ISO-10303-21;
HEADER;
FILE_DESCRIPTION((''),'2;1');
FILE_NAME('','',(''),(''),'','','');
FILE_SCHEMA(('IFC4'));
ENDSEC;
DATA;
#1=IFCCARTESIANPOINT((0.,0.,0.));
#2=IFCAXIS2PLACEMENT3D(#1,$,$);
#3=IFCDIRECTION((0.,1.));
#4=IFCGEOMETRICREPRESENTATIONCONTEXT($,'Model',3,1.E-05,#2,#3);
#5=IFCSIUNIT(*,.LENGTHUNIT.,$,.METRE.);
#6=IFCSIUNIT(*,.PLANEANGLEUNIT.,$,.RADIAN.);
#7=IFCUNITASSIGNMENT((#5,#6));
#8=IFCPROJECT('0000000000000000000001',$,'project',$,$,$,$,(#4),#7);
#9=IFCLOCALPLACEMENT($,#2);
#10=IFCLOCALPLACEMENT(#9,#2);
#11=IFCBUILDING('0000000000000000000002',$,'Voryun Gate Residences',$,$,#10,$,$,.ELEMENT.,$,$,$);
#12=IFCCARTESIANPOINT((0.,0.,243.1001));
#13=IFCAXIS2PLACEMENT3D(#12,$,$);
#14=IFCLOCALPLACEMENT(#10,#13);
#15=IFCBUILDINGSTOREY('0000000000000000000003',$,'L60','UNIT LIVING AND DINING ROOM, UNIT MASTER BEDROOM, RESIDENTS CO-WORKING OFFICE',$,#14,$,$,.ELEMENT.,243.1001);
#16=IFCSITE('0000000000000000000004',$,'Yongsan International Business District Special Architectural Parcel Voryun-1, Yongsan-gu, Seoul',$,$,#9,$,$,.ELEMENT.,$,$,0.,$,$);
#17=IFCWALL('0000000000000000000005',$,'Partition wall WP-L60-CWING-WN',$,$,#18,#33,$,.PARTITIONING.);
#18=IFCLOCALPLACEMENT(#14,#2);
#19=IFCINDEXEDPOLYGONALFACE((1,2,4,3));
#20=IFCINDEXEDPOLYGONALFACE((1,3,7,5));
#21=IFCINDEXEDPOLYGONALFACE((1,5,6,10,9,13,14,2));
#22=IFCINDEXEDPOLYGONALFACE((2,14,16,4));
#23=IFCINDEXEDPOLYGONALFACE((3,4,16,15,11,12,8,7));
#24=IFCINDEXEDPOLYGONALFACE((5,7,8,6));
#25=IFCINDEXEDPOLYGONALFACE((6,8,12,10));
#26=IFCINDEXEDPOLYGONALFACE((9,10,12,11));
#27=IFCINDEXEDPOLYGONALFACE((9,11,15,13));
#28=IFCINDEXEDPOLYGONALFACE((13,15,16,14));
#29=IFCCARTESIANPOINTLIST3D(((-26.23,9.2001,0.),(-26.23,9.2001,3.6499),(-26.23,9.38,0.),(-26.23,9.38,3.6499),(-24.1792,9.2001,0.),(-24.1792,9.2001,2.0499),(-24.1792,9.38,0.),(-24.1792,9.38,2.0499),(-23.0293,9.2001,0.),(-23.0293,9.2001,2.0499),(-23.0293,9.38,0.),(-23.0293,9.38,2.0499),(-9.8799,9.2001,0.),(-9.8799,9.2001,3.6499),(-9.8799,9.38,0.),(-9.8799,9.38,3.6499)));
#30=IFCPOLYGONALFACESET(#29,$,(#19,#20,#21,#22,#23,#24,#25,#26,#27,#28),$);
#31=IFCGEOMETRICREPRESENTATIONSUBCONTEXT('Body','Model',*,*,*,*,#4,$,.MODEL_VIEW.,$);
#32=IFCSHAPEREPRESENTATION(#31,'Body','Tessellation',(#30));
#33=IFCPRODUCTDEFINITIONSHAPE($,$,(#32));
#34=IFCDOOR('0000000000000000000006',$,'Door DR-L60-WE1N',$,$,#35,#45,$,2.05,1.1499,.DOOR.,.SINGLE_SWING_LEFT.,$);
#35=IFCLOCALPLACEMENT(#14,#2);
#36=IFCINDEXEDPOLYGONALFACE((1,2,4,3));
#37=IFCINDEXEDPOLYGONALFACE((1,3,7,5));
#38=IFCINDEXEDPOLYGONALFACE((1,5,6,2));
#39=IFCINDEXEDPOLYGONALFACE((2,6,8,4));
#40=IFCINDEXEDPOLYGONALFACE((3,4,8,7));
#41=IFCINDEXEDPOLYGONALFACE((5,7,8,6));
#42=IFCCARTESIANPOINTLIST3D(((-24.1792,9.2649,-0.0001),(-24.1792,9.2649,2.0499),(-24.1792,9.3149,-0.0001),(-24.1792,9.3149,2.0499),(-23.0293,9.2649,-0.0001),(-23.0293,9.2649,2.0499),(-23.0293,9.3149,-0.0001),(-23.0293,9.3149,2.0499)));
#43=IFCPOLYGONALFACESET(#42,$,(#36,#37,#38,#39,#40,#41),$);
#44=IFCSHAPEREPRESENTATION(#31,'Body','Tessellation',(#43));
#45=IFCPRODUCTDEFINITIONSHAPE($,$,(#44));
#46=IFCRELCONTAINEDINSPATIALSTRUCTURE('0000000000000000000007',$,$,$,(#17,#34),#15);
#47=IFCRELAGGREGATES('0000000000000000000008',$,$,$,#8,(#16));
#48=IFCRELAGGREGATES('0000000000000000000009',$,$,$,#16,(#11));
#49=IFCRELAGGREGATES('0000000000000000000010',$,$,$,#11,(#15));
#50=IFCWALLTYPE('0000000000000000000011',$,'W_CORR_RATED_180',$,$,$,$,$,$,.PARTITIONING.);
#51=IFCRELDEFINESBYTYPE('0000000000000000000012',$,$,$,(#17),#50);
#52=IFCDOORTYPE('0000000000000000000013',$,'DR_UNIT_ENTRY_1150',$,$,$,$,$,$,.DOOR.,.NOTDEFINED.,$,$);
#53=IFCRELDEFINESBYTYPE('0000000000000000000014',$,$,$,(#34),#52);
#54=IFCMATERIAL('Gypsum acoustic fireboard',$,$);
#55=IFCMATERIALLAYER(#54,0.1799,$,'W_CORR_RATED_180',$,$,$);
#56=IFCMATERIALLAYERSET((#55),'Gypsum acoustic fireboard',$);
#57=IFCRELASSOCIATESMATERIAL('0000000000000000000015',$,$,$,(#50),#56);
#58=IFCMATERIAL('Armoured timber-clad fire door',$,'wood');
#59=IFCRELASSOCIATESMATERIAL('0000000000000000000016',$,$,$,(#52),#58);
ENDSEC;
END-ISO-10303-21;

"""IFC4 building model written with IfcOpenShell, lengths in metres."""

from ifc_helpers import new_model, si_unit, direction, frame, frame_2d, origin, place, context, subcontext, project, spatial, rectangle, extrude, material, layer, layer_set, type_object, element, fill, save


model = new_model("IFC4")

# Units and contexts
model_context = context("Model", 3, precision=1e-05, world=origin(), true_north=direction((0.0, 1.0)))
body_context = subcontext(model_context, "Body", "Model", "MODEL_VIEW")
ifc_project = project(units=[si_unit("LENGTHUNIT", "METRE"), si_unit("PLANEANGLEUNIT", "RADIAN")], contexts=[model_context])

# Site, building, storey
site_placement = place(None, origin())
site = spatial("IfcSite", under=ifc_project, at=site_placement, Name="Yongsan International Business District Special Architectural Parcel Voryun-1, Yongsan-gu, Seoul", CompositionType="ELEMENT", RefElevation=0.0)
building_placement = place(site_placement, origin())
building = spatial("IfcBuilding", under=site, at=building_placement, Name="Voryun Gate Residences", CompositionType="ELEMENT")
storey_placement = place(building_placement, frame((0.0, 0.0, 243.1001)))
storey = spatial("IfcBuildingStorey", under=building, at=storey_placement, Name="L60", Description="UNIT LIVING AND DINING ROOM, UNIT MASTER BEDROOM, RESIDENTS CO-WORKING OFFICE", CompositionType="ELEMENT", Elevation=243.1001)

# Wall, opening, door
ifc_material_1 = material(Name="Gypsum acoustic fireboard")
ifc_layer_1 = layer(ifc_material_1, 0.1799, Name="W_CORR_RATED_180")
ifc_layer_set_1 = layer_set([ifc_layer_1], Name="Gypsum acoustic fireboard")
wall_type_1 = type_object("IfcWallType", Name="W_CORR_RATED_180", PredefinedType="PARTITIONING", material=ifc_layer_set_1)
wall_1_placement = place(storey_placement, frame((-26.23, 9.29, 0.0), z_axis=(0.0, 0.0, 1.0), x_axis=(1.0, 0.0, 0.0)))
wall_1 = element("IfcWall", 1, at=wall_1_placement, inside=storey, type_object=wall_type_1, Name="Partition wall WP-L60-CWING-WN", PredefinedType="PARTITIONING", context=body_context, shape_type="SweptSolid", body=[
    extrude(rectangle(XDim=16.3501, YDim=0.1799, at=frame_2d((8.175, 0.0))), origin(), (0.0, 0.0, 1.0), 3.6499),
])
opening_1_placement = place(wall_1_placement, frame((2.0508, 0.0, 0.0)))
opening_1 = element("IfcOpeningElement", 2, at=opening_1_placement, cuts=wall_1, PredefinedType="OPENING", context=body_context, shape_type="SweptSolid", body=[
    extrude(rectangle(XDim=1.1499, YDim=2.05, at=frame_2d((0.575, 1.0249))), frame((0.0, 0.0999, 0.0), z_axis=(0.0, -1.0, 0.0), x_axis=(1.0, 0.0, 0.0)), (0.0, 0.0, 1.0), 0.2),
])
ifc_material_2 = material(Name="Armoured timber-clad fire door", Category="wood")
door_type_1 = type_object("IfcDoorType", Name="DR_UNIT_ENTRY_1150", OperationType="NOTDEFINED", PredefinedType="DOOR", material=ifc_material_2)
door_1_placement = place(opening_1_placement, origin())
door_1 = element("IfcDoor", 3, at=door_1_placement, inside=storey, type_object=door_type_1, Name="Door DR-L60-WE1N", OperationType="SINGLE_SWING_LEFT", OverallHeight=2.05, OverallWidth=1.1499, PredefinedType="DOOR", context=body_context, shape_type="SweptSolid", body=[
    extrude(rectangle(XDim=1.1499, YDim=2.05, at=frame_2d((0.575, 1.0249))), frame((0.0, 0.0249, 0.0), z_axis=(0.0, -1.0, 0.0), x_axis=(1.0, 0.0, 0.0)), (0.0, 0.0, 1.0), 0.05),
])
fill(opening_1, door_1)

save(model, "model.ifc")
